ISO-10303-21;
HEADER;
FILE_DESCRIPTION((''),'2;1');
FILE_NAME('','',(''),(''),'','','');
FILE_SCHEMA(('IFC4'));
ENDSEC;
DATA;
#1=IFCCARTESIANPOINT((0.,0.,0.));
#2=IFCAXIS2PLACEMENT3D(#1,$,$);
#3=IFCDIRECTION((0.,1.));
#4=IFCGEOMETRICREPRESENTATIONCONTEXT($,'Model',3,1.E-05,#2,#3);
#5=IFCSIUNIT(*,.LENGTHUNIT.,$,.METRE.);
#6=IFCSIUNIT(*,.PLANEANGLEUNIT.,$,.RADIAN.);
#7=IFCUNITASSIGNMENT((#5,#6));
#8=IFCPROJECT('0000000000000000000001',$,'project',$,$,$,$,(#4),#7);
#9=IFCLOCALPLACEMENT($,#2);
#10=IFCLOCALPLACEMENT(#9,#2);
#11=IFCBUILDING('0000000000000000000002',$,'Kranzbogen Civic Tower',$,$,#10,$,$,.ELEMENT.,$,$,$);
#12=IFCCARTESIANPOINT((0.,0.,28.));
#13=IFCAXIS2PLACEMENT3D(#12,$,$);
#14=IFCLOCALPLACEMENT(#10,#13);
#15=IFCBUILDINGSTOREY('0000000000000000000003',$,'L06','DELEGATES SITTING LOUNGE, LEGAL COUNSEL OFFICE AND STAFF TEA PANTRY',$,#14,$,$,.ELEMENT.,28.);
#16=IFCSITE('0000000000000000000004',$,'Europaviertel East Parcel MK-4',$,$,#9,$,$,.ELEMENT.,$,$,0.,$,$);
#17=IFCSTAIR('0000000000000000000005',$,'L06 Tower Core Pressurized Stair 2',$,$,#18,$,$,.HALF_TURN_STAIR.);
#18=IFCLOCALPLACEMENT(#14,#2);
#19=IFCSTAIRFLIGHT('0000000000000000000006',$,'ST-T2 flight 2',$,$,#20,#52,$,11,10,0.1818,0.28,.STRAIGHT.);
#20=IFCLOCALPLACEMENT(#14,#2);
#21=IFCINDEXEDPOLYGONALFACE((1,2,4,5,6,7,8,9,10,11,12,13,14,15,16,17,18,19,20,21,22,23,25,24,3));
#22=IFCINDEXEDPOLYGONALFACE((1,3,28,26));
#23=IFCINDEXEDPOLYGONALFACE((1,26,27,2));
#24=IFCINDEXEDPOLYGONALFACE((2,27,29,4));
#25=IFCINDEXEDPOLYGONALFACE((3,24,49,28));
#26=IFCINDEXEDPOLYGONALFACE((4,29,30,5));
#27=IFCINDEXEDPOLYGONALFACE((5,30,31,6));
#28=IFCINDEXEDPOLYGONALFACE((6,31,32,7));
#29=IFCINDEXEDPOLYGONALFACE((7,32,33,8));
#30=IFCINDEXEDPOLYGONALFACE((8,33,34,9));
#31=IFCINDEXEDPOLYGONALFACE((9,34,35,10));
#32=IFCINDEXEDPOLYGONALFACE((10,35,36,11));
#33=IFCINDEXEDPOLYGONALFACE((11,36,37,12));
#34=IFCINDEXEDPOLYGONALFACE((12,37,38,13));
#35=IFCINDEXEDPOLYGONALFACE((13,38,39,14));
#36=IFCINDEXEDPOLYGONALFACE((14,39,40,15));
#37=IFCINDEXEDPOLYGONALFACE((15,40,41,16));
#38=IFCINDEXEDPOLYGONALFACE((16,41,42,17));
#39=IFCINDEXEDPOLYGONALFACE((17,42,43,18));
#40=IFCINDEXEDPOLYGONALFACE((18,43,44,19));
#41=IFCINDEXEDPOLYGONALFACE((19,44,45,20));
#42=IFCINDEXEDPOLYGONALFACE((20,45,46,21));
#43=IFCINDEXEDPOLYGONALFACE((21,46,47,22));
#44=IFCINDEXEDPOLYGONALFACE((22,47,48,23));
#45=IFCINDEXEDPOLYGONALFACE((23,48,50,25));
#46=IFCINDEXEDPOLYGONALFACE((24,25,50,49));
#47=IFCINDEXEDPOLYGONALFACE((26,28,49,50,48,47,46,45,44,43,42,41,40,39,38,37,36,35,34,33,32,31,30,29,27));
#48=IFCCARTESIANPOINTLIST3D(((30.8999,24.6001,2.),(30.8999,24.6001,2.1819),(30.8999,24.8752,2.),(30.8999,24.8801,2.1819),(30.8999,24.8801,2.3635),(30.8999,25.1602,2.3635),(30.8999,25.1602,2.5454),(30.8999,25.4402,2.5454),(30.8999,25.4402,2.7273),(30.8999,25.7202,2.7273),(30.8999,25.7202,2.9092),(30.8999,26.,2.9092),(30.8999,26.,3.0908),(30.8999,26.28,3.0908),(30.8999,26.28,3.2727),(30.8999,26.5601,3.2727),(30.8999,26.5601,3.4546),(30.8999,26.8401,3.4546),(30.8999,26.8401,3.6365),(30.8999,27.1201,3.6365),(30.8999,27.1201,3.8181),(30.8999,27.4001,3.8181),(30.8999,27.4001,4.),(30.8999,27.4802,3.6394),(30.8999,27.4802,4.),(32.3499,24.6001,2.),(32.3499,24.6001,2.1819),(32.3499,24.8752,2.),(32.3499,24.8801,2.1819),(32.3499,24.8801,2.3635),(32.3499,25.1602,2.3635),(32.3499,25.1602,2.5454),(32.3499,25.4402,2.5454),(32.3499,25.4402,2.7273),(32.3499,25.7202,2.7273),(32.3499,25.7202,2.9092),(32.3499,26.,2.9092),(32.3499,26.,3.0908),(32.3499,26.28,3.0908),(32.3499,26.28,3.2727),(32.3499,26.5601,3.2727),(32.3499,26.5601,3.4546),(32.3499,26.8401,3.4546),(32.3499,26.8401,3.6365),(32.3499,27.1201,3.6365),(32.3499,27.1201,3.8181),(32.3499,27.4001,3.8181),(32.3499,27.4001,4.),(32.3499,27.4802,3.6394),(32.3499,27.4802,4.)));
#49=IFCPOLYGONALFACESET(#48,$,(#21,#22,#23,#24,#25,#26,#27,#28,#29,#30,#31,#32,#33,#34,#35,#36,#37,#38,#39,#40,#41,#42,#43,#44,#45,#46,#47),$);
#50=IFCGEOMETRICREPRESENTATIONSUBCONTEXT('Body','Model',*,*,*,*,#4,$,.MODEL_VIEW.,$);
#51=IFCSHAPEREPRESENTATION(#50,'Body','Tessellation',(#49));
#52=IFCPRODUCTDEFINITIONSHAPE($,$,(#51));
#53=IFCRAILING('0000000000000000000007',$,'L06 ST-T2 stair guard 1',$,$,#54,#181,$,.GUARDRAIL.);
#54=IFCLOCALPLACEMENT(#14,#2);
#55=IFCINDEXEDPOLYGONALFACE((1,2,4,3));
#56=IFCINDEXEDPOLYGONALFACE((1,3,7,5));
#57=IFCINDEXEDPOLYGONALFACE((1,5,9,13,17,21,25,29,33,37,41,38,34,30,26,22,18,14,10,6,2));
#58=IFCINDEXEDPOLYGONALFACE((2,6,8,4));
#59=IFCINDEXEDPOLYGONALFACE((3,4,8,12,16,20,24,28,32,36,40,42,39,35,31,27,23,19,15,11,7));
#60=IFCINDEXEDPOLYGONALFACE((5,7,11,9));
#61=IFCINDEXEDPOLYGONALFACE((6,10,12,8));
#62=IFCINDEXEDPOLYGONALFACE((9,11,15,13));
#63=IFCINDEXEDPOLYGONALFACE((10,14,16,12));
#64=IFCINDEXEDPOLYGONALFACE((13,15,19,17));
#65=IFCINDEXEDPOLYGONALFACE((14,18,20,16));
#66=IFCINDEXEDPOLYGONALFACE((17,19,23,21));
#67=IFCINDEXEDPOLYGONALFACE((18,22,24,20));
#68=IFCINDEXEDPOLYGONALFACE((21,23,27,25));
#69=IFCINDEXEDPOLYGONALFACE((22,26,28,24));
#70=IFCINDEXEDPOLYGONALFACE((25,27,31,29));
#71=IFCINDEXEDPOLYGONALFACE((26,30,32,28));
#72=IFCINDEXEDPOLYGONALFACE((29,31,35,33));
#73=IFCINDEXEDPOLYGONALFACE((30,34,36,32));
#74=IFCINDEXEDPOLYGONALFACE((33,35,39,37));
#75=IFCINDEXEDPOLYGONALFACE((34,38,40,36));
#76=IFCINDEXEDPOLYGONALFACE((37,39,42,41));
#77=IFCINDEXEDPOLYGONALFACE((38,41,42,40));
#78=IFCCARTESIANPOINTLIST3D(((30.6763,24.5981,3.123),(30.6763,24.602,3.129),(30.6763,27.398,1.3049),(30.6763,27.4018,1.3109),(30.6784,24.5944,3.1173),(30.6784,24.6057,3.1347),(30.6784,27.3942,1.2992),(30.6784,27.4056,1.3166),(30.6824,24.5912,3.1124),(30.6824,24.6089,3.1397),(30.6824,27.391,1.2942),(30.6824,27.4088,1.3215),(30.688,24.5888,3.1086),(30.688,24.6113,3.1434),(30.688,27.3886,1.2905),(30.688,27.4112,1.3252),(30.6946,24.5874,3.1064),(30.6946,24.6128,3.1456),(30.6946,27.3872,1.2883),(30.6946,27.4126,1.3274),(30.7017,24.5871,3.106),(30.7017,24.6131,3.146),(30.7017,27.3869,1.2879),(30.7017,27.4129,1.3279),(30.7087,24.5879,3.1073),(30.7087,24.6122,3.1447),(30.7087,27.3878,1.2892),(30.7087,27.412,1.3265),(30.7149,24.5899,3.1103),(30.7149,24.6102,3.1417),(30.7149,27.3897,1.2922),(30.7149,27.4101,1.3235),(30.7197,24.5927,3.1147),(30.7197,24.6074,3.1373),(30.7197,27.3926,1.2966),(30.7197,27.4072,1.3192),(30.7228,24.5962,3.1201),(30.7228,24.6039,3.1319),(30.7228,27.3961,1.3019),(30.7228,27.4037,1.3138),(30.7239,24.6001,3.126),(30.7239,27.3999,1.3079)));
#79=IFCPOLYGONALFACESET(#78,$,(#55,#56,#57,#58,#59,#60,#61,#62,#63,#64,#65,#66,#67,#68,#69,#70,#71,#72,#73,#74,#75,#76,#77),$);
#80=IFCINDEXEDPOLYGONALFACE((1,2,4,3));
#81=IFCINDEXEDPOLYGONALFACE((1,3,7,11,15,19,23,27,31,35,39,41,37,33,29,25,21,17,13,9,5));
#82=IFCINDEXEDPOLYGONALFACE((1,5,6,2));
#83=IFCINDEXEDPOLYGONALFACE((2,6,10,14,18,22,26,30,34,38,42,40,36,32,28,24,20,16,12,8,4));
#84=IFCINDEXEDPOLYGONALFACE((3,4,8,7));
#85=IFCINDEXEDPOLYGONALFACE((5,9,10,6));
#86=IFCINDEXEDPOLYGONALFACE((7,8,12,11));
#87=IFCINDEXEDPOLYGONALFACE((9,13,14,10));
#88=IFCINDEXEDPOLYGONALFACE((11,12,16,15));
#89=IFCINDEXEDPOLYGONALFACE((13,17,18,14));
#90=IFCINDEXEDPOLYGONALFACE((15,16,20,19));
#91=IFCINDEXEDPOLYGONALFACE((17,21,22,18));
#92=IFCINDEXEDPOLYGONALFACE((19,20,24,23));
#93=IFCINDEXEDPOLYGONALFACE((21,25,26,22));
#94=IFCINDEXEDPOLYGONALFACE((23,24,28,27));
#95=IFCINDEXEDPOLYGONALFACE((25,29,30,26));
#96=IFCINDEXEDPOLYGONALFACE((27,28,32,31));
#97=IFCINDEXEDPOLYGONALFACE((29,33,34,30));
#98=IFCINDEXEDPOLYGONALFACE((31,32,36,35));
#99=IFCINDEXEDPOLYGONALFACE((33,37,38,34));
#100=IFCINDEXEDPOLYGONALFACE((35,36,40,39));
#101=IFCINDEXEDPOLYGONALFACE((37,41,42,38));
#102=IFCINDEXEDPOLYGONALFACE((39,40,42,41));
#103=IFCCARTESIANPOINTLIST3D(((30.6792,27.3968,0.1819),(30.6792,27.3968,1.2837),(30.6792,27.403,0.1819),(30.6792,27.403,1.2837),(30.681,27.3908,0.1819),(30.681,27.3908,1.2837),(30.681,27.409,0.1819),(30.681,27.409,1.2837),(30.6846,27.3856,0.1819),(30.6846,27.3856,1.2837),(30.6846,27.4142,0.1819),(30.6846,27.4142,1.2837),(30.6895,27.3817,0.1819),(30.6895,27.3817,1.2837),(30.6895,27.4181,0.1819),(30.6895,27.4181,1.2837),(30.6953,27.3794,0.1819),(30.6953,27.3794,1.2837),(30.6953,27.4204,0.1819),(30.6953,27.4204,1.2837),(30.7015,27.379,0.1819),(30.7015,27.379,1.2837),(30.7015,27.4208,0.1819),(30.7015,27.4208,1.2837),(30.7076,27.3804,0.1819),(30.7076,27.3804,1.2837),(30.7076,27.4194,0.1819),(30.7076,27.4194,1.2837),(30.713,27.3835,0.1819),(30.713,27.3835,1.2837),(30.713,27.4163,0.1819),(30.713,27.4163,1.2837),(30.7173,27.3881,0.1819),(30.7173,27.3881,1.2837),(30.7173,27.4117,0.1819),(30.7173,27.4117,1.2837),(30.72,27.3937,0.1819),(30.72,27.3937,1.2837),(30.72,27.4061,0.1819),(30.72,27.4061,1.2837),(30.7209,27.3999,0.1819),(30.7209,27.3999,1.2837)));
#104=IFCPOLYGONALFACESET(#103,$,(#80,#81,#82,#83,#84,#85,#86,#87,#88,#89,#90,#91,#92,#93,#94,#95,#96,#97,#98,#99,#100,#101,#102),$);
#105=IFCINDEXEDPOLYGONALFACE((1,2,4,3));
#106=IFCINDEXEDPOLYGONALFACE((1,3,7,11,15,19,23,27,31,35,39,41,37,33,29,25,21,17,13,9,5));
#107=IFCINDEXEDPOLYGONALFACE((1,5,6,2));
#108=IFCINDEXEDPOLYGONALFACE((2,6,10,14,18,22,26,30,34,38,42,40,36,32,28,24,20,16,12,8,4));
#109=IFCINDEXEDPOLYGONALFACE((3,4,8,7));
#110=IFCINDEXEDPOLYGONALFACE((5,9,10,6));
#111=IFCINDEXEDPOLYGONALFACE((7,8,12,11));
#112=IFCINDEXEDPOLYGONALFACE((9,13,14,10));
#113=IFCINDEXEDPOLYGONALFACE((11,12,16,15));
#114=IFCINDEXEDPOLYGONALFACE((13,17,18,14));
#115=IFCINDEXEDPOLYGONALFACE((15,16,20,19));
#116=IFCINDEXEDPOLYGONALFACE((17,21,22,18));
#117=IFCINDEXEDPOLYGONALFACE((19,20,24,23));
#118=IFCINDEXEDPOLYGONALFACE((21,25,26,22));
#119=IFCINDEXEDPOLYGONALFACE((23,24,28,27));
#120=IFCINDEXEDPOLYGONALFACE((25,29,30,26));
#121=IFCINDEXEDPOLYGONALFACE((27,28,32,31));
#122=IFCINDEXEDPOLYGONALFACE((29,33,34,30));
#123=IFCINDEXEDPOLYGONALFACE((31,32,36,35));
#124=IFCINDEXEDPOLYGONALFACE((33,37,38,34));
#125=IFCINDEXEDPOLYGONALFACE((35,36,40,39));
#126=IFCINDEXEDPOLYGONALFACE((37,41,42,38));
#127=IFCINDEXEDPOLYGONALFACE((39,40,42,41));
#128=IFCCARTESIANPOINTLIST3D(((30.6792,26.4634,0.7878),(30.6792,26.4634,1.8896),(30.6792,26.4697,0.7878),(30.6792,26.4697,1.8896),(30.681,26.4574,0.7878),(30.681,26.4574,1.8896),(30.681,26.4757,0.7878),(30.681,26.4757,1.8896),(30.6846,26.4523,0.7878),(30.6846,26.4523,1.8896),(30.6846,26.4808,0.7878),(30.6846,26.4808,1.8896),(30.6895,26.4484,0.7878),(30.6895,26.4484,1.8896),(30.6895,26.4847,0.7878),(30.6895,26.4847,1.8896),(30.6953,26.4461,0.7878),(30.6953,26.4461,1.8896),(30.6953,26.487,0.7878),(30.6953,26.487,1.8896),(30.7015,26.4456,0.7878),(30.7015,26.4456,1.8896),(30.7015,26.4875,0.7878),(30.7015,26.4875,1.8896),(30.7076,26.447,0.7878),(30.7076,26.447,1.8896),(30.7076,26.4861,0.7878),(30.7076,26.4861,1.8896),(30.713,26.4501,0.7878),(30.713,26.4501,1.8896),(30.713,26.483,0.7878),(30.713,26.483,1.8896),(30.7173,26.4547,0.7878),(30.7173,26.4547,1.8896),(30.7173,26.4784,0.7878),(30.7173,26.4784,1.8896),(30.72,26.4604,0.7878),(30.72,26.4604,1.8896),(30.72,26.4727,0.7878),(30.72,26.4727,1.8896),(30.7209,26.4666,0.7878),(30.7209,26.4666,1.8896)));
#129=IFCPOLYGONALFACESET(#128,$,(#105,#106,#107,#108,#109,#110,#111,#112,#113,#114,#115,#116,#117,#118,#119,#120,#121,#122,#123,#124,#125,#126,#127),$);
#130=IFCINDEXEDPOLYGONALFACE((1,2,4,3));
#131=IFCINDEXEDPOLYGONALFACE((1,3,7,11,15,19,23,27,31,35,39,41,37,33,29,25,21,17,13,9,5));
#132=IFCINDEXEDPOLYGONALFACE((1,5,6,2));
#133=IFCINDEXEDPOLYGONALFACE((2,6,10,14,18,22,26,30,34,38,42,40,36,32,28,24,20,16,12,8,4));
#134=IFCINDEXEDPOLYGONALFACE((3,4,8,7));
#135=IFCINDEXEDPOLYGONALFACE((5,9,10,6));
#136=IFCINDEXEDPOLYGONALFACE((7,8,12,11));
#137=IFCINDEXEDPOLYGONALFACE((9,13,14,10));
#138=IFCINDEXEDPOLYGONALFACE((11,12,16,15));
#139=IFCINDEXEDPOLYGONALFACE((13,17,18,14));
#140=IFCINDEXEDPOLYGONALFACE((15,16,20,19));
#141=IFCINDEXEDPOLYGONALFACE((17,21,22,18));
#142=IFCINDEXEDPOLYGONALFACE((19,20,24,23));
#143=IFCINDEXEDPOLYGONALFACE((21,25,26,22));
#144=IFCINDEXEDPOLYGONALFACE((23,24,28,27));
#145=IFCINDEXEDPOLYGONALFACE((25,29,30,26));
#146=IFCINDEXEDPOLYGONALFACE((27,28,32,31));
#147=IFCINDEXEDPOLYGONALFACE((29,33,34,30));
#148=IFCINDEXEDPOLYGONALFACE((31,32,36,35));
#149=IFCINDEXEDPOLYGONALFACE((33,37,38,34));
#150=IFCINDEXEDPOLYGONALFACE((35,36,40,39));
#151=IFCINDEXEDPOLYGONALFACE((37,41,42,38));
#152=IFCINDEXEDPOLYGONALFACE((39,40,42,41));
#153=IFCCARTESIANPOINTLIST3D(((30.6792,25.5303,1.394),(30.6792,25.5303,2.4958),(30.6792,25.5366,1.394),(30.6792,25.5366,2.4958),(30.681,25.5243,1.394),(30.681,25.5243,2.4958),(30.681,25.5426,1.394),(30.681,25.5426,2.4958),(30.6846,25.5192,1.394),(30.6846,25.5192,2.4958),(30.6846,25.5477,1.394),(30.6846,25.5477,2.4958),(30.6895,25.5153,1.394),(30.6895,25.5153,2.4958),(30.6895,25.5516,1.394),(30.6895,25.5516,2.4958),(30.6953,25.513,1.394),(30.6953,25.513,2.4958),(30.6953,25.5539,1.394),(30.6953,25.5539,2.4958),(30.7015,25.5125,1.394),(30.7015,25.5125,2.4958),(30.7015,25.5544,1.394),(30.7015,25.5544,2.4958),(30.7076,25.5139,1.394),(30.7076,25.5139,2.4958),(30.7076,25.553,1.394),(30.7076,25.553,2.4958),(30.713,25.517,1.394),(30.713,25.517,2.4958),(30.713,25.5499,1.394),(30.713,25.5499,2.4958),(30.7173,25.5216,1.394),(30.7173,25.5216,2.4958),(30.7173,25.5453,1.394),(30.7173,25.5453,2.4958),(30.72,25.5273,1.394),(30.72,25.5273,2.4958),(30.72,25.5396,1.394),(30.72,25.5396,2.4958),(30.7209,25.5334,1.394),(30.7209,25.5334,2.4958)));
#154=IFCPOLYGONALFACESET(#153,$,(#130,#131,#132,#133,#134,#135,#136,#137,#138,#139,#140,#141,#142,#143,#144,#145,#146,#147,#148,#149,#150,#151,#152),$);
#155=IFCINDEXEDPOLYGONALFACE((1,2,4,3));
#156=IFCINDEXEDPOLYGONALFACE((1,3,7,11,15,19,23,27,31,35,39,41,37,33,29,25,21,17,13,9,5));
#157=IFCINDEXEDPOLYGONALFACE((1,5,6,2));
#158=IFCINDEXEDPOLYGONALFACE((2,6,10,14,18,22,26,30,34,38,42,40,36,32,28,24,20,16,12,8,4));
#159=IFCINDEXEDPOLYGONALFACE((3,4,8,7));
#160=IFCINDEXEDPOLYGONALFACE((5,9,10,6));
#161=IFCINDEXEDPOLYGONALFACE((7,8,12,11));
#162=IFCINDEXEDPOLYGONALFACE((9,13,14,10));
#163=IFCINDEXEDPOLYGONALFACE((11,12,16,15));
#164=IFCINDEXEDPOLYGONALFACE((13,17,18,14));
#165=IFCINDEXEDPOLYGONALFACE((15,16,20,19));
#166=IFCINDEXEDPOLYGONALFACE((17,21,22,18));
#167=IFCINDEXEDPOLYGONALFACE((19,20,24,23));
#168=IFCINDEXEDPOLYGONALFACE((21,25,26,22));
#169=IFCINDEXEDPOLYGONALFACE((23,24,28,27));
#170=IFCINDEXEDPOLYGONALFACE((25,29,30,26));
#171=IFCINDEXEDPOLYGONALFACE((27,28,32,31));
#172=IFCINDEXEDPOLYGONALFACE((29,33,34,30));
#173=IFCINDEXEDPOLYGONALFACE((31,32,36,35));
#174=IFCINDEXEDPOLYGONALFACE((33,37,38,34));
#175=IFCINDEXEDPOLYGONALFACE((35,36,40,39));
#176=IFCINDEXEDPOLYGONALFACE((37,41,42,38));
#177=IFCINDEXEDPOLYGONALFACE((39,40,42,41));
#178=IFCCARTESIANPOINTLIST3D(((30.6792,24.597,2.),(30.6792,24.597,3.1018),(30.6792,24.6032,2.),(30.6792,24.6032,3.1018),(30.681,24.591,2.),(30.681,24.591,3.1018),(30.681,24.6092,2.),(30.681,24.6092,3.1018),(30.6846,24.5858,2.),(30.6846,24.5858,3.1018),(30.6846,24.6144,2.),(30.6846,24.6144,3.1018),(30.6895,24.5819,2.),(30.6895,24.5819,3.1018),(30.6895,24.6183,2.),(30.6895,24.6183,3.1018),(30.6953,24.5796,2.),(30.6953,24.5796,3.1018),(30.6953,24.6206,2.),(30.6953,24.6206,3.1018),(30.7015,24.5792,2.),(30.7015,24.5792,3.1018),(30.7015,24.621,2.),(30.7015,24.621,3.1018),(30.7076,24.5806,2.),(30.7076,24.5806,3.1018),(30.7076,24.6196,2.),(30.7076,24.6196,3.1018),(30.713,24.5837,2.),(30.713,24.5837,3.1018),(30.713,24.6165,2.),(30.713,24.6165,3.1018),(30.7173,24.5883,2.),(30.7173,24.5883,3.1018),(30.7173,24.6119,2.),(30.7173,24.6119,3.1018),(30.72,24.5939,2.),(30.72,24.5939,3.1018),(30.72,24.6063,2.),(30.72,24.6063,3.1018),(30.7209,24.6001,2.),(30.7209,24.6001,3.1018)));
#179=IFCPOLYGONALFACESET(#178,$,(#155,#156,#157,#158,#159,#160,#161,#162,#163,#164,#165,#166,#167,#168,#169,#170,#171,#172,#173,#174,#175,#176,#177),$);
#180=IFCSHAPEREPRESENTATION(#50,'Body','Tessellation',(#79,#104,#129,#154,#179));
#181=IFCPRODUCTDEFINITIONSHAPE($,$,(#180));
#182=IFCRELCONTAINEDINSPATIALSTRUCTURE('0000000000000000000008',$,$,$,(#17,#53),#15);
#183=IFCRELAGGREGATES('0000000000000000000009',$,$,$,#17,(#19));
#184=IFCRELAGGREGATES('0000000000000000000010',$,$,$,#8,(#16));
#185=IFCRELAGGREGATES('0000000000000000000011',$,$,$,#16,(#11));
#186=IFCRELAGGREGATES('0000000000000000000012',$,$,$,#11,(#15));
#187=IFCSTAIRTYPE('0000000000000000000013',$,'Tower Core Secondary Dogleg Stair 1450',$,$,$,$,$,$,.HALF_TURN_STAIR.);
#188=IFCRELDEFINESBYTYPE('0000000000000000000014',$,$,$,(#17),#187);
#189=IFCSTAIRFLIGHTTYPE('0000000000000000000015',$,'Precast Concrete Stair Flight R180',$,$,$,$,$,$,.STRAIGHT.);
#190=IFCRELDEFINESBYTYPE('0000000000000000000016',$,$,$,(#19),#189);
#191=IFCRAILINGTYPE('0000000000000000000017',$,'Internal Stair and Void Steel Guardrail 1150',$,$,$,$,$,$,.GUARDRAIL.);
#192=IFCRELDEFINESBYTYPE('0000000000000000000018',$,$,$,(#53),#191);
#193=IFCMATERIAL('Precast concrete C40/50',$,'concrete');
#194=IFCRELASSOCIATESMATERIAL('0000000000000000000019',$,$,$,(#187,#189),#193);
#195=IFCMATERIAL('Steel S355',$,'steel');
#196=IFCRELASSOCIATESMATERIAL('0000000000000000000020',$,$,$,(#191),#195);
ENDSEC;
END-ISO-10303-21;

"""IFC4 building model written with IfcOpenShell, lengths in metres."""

from ifc_helpers import new_model, si_unit, direction, frame, origin, origin_2d, place, context, subcontext, project, spatial, polyline, circle, outline, extrude, material, type_object, element, aggregate, save


model = new_model("IFC4")

# Units and contexts
model_context = context("Model", 3, precision=1e-05, world=origin(), true_north=direction((0.0, 1.0)))
body_context = subcontext(model_context, "Body", "Model", "MODEL_VIEW")
ifc_project = project(units=[si_unit("LENGTHUNIT", "METRE"), si_unit("PLANEANGLEUNIT", "RADIAN")], contexts=[model_context])

# Site, building, storey
site_placement = place(None, origin())
site = spatial("IfcSite", under=ifc_project, at=site_placement, Name="Europaviertel East Parcel MK-4", CompositionType="ELEMENT", RefElevation=0.0)
building_placement = place(site_placement, origin())
building = spatial("IfcBuilding", under=site, at=building_placement, Name="Kranzbogen Civic Tower", CompositionType="ELEMENT")
storey_placement = place(building_placement, frame((0.0, 0.0, 28.0)))
storey = spatial("IfcBuildingStorey", under=building, at=storey_placement, Name="L06", Description="DELEGATES SITTING LOUNGE, LEGAL COUNSEL OFFICE AND STAFF TEA PANTRY", CompositionType="ELEMENT", Elevation=28.0)

# Shared definitions
ifc_material_1 = material(Name="Steel S355", Category="steel")

# Stair, stair flight
ifc_material_2 = material(Name="Precast concrete C40/50", Category="concrete")
stair_type = type_object("IfcStairType", Name="Tower Core Secondary Dogleg Stair 1450", PredefinedType="HALF_TURN_STAIR", material=ifc_material_2)
stair_placement = place(storey_placement, origin())
stair = element("IfcStair", 1, at=stair_placement, inside=storey, type_object=stair_type, Name="L06 Tower Core Pressurized Stair 2", PredefinedType="HALF_TURN_STAIR")
stair_flight_type = type_object("IfcStairFlightType", Name="Precast Concrete Stair Flight R180", PredefinedType="STRAIGHT", material=ifc_material_2)
stair_flight_1_placement = place(storey_placement, frame((31.625, 24.6001, 2.0), z_axis=(0.0, 0.0, 1.0), x_axis=(0.0, 1.0, 0.0)))
stair_flight_1 = element("IfcStairFlight", 2, at=stair_flight_1_placement, type_object=stair_flight_type, Name="ST-T2 flight 2", NumberOfRisers=11, NumberOfTreads=10, PredefinedType="STRAIGHT", RiserHeight=0.1818, TreadLength=0.28, context=body_context, shape_type="SweptSolid", body=[
    extrude(outline(polyline([(0.0, 0.0), (0.0, 0.1819), (0.28, 0.1819), (0.28, 0.3635), (0.5601, 0.3635), (0.5601, 0.5454), (0.8401, 0.5454), (0.8401, 0.7273), (1.1201, 0.7273), (1.1201, 0.9092), (1.3999, 0.9092), (1.3999, 1.0908), (1.6799, 1.0908), (1.6799, 1.2727), (1.96, 1.2727), (1.96, 1.4546), (2.24, 1.4546), (2.24, 1.6365), (2.52, 1.6365), (2.52, 1.8181), (2.8, 1.8181), (2.8, 2.0), (2.8801, 2.0), (2.8801, 1.6394), (0.2751, 0.0), (0.0, 0.0)])), frame((0.0, 0.7251, 0.0), z_axis=(0.0, -1.0, 0.0), x_axis=(1.0, 0.0, 0.0)), (0.0, 0.0, 1.0), 1.45),
])
aggregate(stair, [stair_flight_1])

# Railing
railing_type_1 = type_object("IfcRailingType", Name="Internal Stair and Void Steel Guardrail 1150", PredefinedType="GUARDRAIL", material=ifc_material_1)
railing_1_placement = place(storey_placement, frame((30.7, 27.3999, 0.1819)))
element("IfcRailing", 3, at=railing_1_placement, inside=storey, type_object=railing_type_1, Name="L06 ST-T2 stair guard 1", PredefinedType="GUARDRAIL", context=body_context, shape_type="SweptSolid", body=[
    extrude(circle(Radius=0.0239, at=origin_2d()), frame((0.0, 0.0, 1.126), z_axis=(0.0, -0.838684, 0.544618), x_axis=(1.0, 0.0, 0.0)), (0.0, 0.0, 1.0), 3.3384),
    extrude(circle(Radius=0.021, at=origin_2d()), origin(), (0.0, 0.0, 1.0), 1.1018),
    extrude(circle(Radius=0.021, at=origin_2d()), frame((0.0, -0.9333, 0.606)), (0.0, 0.0, 1.0), 1.1018),
    extrude(circle(Radius=0.021, at=origin_2d()), frame((0.0, -1.8665, 1.2122)), (0.0, 0.0, 1.0), 1.1018),
    extrude(circle(Radius=0.021, at=origin_2d()), frame((0.0, -2.7998, 1.8181)), (0.0, 0.0, 1.0), 1.1018),
])

save(model, "model.ifc")
